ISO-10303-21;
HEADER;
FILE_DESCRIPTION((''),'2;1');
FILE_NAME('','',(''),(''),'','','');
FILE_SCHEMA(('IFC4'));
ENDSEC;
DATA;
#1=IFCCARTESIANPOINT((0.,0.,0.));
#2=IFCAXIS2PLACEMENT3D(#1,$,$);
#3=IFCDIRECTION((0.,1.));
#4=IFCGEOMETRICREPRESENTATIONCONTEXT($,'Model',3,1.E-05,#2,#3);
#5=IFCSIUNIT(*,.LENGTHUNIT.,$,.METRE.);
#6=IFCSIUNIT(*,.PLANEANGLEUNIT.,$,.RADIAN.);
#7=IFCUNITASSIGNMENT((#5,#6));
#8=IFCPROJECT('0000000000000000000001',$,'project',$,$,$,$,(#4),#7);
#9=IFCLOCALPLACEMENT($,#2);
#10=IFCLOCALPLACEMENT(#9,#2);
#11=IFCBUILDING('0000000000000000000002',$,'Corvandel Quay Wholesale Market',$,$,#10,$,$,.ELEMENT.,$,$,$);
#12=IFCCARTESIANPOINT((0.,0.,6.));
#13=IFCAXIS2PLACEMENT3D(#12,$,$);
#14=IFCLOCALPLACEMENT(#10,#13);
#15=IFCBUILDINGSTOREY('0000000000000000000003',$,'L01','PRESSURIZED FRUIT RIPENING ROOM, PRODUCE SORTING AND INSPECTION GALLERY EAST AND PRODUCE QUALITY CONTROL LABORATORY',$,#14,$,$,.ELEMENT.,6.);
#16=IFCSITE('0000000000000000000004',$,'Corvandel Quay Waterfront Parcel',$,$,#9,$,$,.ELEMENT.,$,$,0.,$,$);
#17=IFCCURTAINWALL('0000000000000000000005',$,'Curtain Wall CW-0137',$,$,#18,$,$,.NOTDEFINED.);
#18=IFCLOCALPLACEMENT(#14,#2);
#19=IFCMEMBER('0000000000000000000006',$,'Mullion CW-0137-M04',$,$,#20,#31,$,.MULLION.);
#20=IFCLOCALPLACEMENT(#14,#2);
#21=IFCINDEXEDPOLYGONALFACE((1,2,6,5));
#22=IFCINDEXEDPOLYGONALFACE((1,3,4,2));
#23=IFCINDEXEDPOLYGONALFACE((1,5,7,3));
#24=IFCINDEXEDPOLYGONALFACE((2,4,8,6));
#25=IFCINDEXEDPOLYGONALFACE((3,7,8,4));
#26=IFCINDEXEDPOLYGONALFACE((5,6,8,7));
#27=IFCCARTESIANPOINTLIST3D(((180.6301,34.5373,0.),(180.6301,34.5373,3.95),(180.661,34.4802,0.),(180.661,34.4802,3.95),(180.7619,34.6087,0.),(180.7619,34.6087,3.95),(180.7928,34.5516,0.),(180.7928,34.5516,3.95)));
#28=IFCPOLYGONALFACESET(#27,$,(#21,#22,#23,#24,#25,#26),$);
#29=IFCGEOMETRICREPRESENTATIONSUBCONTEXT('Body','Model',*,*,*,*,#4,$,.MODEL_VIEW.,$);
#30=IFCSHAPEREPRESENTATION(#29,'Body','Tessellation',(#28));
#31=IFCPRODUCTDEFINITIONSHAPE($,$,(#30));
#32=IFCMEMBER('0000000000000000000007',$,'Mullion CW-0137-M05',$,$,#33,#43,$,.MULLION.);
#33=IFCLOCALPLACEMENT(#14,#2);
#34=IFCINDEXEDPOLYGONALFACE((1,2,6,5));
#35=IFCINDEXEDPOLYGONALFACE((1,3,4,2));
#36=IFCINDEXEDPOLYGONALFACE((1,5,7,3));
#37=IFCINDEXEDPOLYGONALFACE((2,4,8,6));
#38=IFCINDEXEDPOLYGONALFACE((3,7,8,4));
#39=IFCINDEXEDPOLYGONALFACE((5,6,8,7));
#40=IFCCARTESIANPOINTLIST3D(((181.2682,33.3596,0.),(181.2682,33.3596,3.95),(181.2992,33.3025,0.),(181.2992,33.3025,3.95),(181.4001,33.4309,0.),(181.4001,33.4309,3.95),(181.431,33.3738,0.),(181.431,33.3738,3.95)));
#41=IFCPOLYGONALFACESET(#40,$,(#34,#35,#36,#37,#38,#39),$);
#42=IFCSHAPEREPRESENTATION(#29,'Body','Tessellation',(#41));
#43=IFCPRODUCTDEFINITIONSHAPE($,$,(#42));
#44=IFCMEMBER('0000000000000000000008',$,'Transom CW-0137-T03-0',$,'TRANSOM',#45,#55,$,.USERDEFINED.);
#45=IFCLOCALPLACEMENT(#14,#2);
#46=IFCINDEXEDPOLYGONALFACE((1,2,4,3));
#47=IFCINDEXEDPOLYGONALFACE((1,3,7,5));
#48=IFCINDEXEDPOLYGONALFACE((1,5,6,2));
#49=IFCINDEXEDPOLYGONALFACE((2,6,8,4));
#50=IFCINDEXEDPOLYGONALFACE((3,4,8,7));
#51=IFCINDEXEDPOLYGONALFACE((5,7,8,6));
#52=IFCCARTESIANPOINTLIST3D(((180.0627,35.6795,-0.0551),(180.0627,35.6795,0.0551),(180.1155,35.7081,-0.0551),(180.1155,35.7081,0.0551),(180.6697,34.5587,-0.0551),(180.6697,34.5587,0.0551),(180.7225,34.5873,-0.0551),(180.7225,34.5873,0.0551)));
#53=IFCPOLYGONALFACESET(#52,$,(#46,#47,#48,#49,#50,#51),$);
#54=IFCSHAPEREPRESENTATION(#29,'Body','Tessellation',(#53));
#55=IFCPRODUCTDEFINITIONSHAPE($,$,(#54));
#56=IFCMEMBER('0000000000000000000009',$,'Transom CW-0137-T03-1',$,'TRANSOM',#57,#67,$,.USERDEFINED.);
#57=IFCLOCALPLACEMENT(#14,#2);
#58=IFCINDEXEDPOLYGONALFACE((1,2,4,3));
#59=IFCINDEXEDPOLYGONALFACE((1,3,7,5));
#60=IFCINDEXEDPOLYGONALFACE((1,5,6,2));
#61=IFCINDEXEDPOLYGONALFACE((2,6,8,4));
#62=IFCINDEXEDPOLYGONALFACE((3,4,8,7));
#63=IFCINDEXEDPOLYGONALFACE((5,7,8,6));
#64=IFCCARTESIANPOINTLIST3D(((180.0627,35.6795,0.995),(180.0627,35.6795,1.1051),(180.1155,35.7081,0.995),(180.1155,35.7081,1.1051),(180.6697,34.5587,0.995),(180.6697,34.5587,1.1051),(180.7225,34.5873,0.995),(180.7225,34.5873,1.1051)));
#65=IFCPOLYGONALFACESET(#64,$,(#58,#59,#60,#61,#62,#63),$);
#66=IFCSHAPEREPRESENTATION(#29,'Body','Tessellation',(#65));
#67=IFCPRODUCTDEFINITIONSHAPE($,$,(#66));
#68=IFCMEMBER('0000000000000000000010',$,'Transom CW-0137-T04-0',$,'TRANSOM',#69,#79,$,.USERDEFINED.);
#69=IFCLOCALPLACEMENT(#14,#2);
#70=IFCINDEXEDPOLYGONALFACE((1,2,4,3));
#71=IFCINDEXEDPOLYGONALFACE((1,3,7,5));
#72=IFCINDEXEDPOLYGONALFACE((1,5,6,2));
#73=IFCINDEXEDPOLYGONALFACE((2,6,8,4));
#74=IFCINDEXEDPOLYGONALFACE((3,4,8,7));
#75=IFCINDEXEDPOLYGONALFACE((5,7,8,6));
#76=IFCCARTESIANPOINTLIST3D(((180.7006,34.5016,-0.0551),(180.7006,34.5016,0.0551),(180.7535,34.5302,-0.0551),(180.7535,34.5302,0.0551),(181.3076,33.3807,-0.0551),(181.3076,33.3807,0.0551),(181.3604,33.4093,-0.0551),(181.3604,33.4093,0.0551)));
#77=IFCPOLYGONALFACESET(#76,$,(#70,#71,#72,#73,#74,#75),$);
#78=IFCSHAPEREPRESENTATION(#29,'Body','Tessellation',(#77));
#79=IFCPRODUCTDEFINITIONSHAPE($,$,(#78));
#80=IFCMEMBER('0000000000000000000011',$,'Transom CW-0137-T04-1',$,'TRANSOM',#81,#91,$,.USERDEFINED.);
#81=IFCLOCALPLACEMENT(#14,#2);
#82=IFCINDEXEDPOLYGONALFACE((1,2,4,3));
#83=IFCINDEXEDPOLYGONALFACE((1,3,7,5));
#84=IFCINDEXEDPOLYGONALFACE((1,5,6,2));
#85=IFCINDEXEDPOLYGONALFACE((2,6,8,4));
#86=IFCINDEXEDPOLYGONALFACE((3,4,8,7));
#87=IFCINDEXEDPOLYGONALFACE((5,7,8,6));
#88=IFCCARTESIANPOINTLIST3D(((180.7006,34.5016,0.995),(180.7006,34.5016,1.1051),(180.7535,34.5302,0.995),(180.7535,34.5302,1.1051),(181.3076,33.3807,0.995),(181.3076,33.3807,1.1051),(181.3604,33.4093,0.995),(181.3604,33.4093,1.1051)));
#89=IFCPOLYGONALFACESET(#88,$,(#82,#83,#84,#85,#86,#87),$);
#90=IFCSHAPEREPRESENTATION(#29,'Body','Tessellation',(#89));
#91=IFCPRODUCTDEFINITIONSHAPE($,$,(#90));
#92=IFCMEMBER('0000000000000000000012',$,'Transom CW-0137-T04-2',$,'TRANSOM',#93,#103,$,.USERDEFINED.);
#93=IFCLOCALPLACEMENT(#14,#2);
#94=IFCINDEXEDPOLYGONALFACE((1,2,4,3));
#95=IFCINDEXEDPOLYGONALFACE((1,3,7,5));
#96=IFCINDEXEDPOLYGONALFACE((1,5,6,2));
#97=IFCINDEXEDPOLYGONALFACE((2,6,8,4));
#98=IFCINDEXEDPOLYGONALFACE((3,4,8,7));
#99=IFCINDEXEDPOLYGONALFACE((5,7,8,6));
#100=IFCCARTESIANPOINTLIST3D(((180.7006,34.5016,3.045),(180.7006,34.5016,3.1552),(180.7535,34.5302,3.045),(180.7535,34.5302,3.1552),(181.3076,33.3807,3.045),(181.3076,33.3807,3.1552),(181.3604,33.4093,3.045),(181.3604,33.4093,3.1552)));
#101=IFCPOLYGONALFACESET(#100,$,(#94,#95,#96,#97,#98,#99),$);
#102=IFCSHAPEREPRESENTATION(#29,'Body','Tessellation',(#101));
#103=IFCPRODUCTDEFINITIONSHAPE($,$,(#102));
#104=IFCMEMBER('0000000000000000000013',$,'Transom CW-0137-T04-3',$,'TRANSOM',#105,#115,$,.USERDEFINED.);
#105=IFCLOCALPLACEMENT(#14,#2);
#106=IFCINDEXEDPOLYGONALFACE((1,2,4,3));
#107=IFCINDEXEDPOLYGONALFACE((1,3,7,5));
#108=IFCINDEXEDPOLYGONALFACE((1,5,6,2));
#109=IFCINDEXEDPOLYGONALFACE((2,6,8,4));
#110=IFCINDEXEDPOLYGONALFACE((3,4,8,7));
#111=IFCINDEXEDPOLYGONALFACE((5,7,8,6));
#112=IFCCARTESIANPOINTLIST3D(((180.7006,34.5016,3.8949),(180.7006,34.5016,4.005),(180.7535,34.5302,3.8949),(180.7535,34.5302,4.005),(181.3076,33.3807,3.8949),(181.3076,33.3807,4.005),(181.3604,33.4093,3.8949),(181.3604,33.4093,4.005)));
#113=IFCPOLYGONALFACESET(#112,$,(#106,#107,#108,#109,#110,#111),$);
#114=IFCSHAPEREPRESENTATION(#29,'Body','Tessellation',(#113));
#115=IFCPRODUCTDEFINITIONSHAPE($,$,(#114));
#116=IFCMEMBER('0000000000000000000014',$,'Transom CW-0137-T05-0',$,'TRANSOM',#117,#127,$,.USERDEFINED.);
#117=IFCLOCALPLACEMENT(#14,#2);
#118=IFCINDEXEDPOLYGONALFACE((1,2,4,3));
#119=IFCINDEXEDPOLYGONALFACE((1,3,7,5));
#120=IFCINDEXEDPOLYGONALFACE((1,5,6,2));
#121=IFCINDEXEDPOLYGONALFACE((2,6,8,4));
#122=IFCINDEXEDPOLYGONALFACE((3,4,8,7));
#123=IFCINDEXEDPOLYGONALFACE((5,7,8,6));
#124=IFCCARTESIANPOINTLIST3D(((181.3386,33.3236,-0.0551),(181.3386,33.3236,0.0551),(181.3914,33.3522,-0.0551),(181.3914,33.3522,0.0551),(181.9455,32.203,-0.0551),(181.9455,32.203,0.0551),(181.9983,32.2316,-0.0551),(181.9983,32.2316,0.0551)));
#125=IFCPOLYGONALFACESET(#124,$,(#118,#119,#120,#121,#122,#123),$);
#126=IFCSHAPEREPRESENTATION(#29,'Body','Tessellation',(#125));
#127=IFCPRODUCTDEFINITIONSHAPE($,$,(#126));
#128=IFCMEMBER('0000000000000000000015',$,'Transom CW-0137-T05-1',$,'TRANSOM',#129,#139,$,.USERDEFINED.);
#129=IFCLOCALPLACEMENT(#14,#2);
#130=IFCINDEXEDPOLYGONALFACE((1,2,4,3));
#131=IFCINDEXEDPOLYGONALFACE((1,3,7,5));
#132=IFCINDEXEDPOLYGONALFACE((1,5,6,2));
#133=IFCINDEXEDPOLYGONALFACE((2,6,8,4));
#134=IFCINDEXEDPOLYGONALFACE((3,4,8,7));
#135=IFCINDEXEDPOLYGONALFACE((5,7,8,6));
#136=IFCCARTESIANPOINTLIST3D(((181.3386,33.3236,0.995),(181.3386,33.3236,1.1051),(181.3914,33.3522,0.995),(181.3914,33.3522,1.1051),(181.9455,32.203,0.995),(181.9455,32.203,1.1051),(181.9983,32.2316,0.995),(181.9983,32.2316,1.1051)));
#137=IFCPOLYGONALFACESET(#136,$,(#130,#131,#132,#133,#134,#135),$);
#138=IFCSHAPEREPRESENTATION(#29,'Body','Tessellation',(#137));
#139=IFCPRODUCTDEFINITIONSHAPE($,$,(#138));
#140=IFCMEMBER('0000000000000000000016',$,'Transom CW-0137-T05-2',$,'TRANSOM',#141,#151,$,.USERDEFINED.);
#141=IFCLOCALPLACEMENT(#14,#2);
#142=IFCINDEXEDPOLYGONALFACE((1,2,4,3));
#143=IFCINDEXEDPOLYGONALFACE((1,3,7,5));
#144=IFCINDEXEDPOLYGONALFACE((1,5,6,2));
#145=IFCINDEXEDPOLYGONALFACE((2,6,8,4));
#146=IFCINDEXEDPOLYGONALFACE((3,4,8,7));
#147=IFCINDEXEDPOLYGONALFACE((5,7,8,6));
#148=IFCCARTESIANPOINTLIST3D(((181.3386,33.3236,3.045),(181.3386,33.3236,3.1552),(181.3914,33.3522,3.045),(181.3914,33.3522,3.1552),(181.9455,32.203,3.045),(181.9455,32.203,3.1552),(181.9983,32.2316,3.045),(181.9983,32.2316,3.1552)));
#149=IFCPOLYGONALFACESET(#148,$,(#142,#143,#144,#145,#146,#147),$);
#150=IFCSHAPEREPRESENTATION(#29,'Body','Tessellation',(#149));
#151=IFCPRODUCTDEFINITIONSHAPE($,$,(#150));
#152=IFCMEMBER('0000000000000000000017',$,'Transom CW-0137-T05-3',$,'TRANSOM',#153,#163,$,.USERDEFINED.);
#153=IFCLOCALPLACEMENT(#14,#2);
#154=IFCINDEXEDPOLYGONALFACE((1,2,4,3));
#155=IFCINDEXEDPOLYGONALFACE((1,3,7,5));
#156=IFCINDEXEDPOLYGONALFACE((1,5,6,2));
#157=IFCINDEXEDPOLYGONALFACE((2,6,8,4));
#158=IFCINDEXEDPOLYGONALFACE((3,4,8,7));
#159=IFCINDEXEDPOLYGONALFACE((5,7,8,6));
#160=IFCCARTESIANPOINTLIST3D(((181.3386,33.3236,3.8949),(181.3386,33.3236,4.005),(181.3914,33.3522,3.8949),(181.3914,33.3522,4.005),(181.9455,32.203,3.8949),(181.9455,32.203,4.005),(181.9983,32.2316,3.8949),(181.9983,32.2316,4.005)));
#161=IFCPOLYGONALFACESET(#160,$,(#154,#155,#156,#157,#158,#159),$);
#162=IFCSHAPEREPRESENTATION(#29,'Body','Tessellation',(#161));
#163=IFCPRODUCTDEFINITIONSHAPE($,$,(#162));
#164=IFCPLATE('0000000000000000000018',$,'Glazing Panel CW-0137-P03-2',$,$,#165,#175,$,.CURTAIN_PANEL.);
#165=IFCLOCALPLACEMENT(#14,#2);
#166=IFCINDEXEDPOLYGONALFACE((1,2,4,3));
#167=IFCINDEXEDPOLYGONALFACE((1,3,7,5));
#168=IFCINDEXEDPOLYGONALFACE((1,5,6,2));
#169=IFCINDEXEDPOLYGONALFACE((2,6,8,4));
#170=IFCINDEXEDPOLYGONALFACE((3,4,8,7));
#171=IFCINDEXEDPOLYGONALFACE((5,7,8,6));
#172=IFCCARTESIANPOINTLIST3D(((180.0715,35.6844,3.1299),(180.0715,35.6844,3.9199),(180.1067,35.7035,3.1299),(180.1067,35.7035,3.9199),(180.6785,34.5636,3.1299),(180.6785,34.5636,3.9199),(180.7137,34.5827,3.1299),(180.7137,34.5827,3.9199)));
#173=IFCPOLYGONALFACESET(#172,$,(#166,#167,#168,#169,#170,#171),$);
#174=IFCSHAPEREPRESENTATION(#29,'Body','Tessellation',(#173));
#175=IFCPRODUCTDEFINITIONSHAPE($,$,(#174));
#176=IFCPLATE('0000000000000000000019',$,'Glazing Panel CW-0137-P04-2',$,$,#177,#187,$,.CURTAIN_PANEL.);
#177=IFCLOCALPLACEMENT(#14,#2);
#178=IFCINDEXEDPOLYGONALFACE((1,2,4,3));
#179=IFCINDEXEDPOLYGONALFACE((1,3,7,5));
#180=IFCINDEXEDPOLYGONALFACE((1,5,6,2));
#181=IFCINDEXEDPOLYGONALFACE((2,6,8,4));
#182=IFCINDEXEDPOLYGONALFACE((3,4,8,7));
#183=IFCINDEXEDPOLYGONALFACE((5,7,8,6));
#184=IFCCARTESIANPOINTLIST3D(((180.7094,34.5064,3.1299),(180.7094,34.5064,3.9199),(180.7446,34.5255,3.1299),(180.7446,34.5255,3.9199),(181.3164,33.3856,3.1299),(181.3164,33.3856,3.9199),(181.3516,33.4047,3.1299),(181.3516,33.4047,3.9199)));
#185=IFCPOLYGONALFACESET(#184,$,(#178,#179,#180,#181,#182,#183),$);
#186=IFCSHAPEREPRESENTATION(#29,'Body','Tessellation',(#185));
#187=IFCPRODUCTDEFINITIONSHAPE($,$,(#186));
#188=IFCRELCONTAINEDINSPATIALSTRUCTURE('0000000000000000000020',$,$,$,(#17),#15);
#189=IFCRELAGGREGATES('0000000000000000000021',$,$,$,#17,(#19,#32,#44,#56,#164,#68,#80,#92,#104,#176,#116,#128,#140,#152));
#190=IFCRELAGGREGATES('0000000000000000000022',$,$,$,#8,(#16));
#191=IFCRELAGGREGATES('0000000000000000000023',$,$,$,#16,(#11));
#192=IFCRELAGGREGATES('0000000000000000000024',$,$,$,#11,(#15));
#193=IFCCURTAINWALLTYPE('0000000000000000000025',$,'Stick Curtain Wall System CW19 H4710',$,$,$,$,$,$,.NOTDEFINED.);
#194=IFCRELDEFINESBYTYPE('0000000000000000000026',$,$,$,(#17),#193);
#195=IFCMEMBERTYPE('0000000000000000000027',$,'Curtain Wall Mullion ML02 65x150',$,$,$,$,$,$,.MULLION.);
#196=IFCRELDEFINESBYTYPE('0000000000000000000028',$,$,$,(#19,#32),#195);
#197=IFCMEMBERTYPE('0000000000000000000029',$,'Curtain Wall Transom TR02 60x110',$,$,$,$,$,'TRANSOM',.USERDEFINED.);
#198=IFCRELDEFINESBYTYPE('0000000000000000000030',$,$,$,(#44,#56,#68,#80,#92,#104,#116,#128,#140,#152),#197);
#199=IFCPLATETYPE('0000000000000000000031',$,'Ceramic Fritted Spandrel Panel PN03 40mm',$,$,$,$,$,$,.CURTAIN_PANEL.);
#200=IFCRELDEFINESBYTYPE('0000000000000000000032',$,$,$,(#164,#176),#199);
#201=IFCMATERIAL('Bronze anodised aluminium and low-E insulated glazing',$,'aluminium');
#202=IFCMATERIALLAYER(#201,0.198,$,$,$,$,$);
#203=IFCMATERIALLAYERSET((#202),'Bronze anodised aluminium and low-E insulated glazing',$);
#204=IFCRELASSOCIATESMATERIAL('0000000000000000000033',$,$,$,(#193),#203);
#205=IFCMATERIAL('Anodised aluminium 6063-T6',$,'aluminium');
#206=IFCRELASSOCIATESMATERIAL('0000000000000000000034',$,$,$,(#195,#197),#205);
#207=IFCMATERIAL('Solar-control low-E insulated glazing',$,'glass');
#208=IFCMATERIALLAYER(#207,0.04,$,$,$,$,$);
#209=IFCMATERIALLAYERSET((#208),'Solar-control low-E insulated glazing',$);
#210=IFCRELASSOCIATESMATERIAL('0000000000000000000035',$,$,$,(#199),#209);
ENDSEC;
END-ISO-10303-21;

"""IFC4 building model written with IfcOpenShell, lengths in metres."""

from ifc_helpers import new_model, si_unit, direction, frame, origin, origin_2d, place, context, subcontext, project, spatial, rectangle, extrude, material, layer, layer_set, material_profile, profile_set, type_object, element, aggregate, save


model = new_model("IFC4")

# Units and contexts
model_context = context("Model", 3, precision=1e-05, world=origin(), true_north=direction((0.0, 1.0)))
body_context = subcontext(model_context, "Body", "Model", "MODEL_VIEW")
ifc_project = project(units=[si_unit("LENGTHUNIT", "METRE"), si_unit("PLANEANGLEUNIT", "RADIAN")], contexts=[model_context])

# Site, building, storey
site_placement = place(None, origin())
site = spatial("IfcSite", under=ifc_project, at=site_placement, Name="Corvandel Quay Waterfront Parcel", CompositionType="ELEMENT", RefElevation=0.0)
building_placement = place(site_placement, origin())
building = spatial("IfcBuilding", under=site, at=building_placement, Name="Corvandel Quay Wholesale Market", CompositionType="ELEMENT")
storey_placement = place(building_placement, frame((0.0, 0.0, 6.0)))
storey = spatial("IfcBuildingStorey", under=building, at=storey_placement, Name="L01", Description="PRESSURIZED FRUIT RIPENING ROOM, PRODUCE SORTING AND INSPECTION GALLERY EAST AND PRODUCE QUALITY CONTROL LABORATORY", CompositionType="ELEMENT", Elevation=6.0)

# Curtain wall, members, plates
ifc_material_1 = material(Name="Bronze anodised aluminium and low-E insulated glazing", Category="aluminium")
ifc_layer_1 = layer(ifc_material_1, 0.198)
ifc_layer_set_1 = layer_set([ifc_layer_1], Name="Bronze anodised aluminium and low-E insulated glazing")
curtain_wall_type = type_object("IfcCurtainWallType", Name="Stick Curtain Wall System CW19 H4710", PredefinedType="NOTDEFINED", material=ifc_layer_set_1)
curtain_wall_placement = place(storey_placement, origin())
curtain_wall = element("IfcCurtainWall", 1, at=curtain_wall_placement, inside=storey, type_object=curtain_wall_type, Name="Curtain Wall CW-0137", PredefinedType="NOTDEFINED")
ifc_material_2 = material(Name="Anodised aluminium 6063-T6", Category="aluminium")
ifc_material_profile_1 = material_profile(ifc_material_2, rectangle(XDim=0.0649, YDim=0.1499, at=origin_2d()), Name="ALU-MUL-65x150")
ifc_profile_set_1 = profile_set([ifc_material_profile_1], Name="Anodised aluminium 6063-T6")
member_type_1 = type_object("IfcMemberType", Name="Curtain Wall Mullion ML02 65x150", PredefinedType="MULLION", material=ifc_profile_set_1)
member_1_placement = place(storey_placement, frame((180.7114, 34.5444, 0.0), z_axis=(0.0, 0.0, 1.0), x_axis=(-0.476238, 0.879316, 0.0)))
member_1 = element("IfcMember", 2, at=member_1_placement, type_object=member_type_1, Name="Mullion CW-0137-M04", PredefinedType="MULLION", context=body_context, shape_type="SweptSolid", body=[
    extrude(rectangle(XDim=0.0649, YDim=0.1499, at=origin_2d()), origin(), (0.0, 0.0, 1.0), 3.95),
])
member_2_placement = place(storey_placement, frame((181.3496, 33.3667, 0.0), z_axis=(0.0, 0.0, 1.0), x_axis=(-0.476238, 0.879316, 0.0)))
member_2 = element("IfcMember", 3, at=member_2_placement, type_object=member_type_1, Name="Mullion CW-0137-M05", PredefinedType="MULLION", context=body_context, shape_type="SweptSolid", body=[
    extrude(rectangle(XDim=0.0649, YDim=0.1499, at=origin_2d()), origin(), (0.0, 0.0, 1.0), 3.95),
])
ifc_material_profile_2 = material_profile(ifc_material_2, rectangle(XDim=0.0601, YDim=0.1101, at=origin_2d()), Name="ALU-TRN-60x110")
ifc_profile_set_2 = profile_set([ifc_material_profile_2], Name="Anodised aluminium 6063-T6")
member_type_2 = type_object("IfcMemberType", Name="Curtain Wall Transom TR02 60x110", ElementType="TRANSOM", PredefinedType="USERDEFINED", material=ifc_profile_set_2)
member_3_placement = place(storey_placement, frame((180.0891, 35.6938, 0.0), z_axis=(0.476166, -0.879355, 0.0), x_axis=(0.879355, 0.476166, 0.0)))
member_3 = element("IfcMember", 4, at=member_3_placement, type_object=member_type_2, Name="Transom CW-0137-T03-0", ObjectType="TRANSOM", PredefinedType="USERDEFINED", context=body_context, shape_type="SweptSolid", body=[
    extrude(rectangle(XDim=0.0601, YDim=0.1101, at=origin_2d()), origin(), (0.0, 0.0, 1.0), 1.2747),
])
member_4_placement = place(storey_placement, frame((180.0891, 35.6938, 1.05), z_axis=(0.476166, -0.879355, 0.0), x_axis=(0.879355, 0.476166, 0.0)))
member_4 = element("IfcMember", 5, at=member_4_placement, type_object=member_type_2, Name="Transom CW-0137-T03-1", ObjectType="TRANSOM", PredefinedType="USERDEFINED", context=body_context, shape_type="SweptSolid", body=[
    extrude(rectangle(XDim=0.0601, YDim=0.1101, at=origin_2d()), origin(), (0.0, 0.0, 1.0), 1.2747),
])
member_5_placement = place(storey_placement, frame((180.7271, 34.5159, 0.0), z_axis=(0.476166, -0.879355, 0.0), x_axis=(0.879355, 0.476166, 0.0)))
member_5 = element("IfcMember", 6, at=member_5_placement, type_object=member_type_2, Name="Transom CW-0137-T04-0", ObjectType="TRANSOM", PredefinedType="USERDEFINED", context=body_context, shape_type="SweptSolid", body=[
    extrude(rectangle(XDim=0.0601, YDim=0.1101, at=origin_2d()), origin(), (0.0, 0.0, 1.0), 1.2747),
])
member_6_placement = place(storey_placement, frame((180.7271, 34.5159, 1.05), z_axis=(0.476166, -0.879355, 0.0), x_axis=(0.879355, 0.476166, 0.0)))
member_6 = element("IfcMember", 7, at=member_6_placement, type_object=member_type_2, Name="Transom CW-0137-T04-1", ObjectType="TRANSOM", PredefinedType="USERDEFINED", context=body_context, shape_type="SweptSolid", body=[
    extrude(rectangle(XDim=0.0601, YDim=0.1101, at=origin_2d()), origin(), (0.0, 0.0, 1.0), 1.2747),
])
member_7_placement = place(storey_placement, frame((180.7271, 34.5159, 3.1001), z_axis=(0.476166, -0.879355, 0.0), x_axis=(0.879355, 0.476166, 0.0)))
member_7 = element("IfcMember", 8, at=member_7_placement, type_object=member_type_2, Name="Transom CW-0137-T04-2", ObjectType="TRANSOM", PredefinedType="USERDEFINED", context=body_context, shape_type="SweptSolid", body=[
    extrude(rectangle(XDim=0.0601, YDim=0.1101, at=origin_2d()), origin(), (0.0, 0.0, 1.0), 1.2747),
])
member_8_placement = place(storey_placement, frame((180.7271, 34.5159, 3.95), z_axis=(0.476166, -0.879355, 0.0), x_axis=(0.879355, 0.476166, 0.0)))
member_8 = element("IfcMember", 9, at=member_8_placement, type_object=member_type_2, Name="Transom CW-0137-T04-3", ObjectType="TRANSOM", PredefinedType="USERDEFINED", context=body_context, shape_type="SweptSolid", body=[
    extrude(rectangle(XDim=0.0601, YDim=0.1101, at=origin_2d()), origin(), (0.0, 0.0, 1.0), 1.2747),
])
member_9_placement = place(storey_placement, frame((181.365, 33.3379, 0.0), z_axis=(0.476246, -0.879312, 0.0), x_axis=(0.879312, 0.476246, 0.0)))
member_9 = element("IfcMember", 10, at=member_9_placement, type_object=member_type_2, Name="Transom CW-0137-T05-0", ObjectType="TRANSOM", PredefinedType="USERDEFINED", context=body_context, shape_type="SweptSolid", body=[
    extrude(rectangle(XDim=0.0601, YDim=0.1101, at=origin_2d()), origin(), (0.0, 0.0, 1.0), 1.2744),
])
member_10_placement = place(storey_placement, frame((181.365, 33.3379, 1.05), z_axis=(0.476246, -0.879312, 0.0), x_axis=(0.879312, 0.476246, 0.0)))
member_10 = element("IfcMember", 11, at=member_10_placement, type_object=member_type_2, Name="Transom CW-0137-T05-1", ObjectType="TRANSOM", PredefinedType="USERDEFINED", context=body_context, shape_type="SweptSolid", body=[
    extrude(rectangle(XDim=0.0601, YDim=0.1101, at=origin_2d()), origin(), (0.0, 0.0, 1.0), 1.2744),
])
member_11_placement = place(storey_placement, frame((181.365, 33.3379, 3.1001), z_axis=(0.476246, -0.879312, 0.0), x_axis=(0.879312, 0.476246, 0.0)))
member_11 = element("IfcMember", 12, at=member_11_placement, type_object=member_type_2, Name="Transom CW-0137-T05-2", ObjectType="TRANSOM", PredefinedType="USERDEFINED", context=body_context, shape_type="SweptSolid", body=[
    extrude(rectangle(XDim=0.0601, YDim=0.1101, at=origin_2d()), origin(), (0.0, 0.0, 1.0), 1.2744),
])
member_12_placement = place(storey_placement, frame((181.365, 33.3379, 3.95), z_axis=(0.476246, -0.879312, 0.0), x_axis=(0.879312, 0.476246, 0.0)))
member_12 = element("IfcMember", 13, at=member_12_placement, type_object=member_type_2, Name="Transom CW-0137-T05-3", ObjectType="TRANSOM", PredefinedType="USERDEFINED", context=body_context, shape_type="SweptSolid", body=[
    extrude(rectangle(XDim=0.0601, YDim=0.1101, at=origin_2d()), origin(), (0.0, 0.0, 1.0), 1.2744),
])
ifc_material_3 = material(Name="Solar-control low-E insulated glazing", Category="glass")
ifc_layer_2 = layer(ifc_material_3, 0.04)
ifc_layer_set_2 = layer_set([ifc_layer_2], Name="Solar-control low-E insulated glazing")
plate_type_1 = type_object("IfcPlateType", Name="Ceramic Fritted Spandrel Panel PN03 40mm", PredefinedType="CURTAIN_PANEL", material=ifc_layer_set_2)
plate_1_placement = place(storey_placement, frame((180.3926, 35.1335, 3.1299), z_axis=(0.0, 0.0, 1.0), x_axis=(-0.476238, 0.879316, 0.0)))
plate_1 = element("IfcPlate", 14, at=plate_1_placement, type_object=plate_type_1, Name="Glazing Panel CW-0137-P03-2", PredefinedType="CURTAIN_PANEL", context=body_context, shape_type="SweptSolid", body=[
    extrude(rectangle(XDim=1.2747, YDim=0.04, at=origin_2d()), origin(), (0.0, 0.0, 1.0), 0.79),
])
plate_2_placement = place(storey_placement, frame((181.0305, 33.9556, 3.1299), z_axis=(0.0, 0.0, 1.0), x_axis=(-0.476238, 0.879316, 0.0)))
plate_2 = element("IfcPlate", 15, at=plate_2_placement, type_object=plate_type_1, Name="Glazing Panel CW-0137-P04-2", PredefinedType="CURTAIN_PANEL", context=body_context, shape_type="SweptSolid", body=[
    extrude(rectangle(XDim=1.2747, YDim=0.04, at=origin_2d()), origin(), (0.0, 0.0, 1.0), 0.79),
])
aggregate(curtain_wall, [member_1, member_2, member_3, member_4, plate_1, member_5, member_6, member_7, member_8, plate_2, member_9, member_10, member_11, member_12])

save(model, "model.ifc")
